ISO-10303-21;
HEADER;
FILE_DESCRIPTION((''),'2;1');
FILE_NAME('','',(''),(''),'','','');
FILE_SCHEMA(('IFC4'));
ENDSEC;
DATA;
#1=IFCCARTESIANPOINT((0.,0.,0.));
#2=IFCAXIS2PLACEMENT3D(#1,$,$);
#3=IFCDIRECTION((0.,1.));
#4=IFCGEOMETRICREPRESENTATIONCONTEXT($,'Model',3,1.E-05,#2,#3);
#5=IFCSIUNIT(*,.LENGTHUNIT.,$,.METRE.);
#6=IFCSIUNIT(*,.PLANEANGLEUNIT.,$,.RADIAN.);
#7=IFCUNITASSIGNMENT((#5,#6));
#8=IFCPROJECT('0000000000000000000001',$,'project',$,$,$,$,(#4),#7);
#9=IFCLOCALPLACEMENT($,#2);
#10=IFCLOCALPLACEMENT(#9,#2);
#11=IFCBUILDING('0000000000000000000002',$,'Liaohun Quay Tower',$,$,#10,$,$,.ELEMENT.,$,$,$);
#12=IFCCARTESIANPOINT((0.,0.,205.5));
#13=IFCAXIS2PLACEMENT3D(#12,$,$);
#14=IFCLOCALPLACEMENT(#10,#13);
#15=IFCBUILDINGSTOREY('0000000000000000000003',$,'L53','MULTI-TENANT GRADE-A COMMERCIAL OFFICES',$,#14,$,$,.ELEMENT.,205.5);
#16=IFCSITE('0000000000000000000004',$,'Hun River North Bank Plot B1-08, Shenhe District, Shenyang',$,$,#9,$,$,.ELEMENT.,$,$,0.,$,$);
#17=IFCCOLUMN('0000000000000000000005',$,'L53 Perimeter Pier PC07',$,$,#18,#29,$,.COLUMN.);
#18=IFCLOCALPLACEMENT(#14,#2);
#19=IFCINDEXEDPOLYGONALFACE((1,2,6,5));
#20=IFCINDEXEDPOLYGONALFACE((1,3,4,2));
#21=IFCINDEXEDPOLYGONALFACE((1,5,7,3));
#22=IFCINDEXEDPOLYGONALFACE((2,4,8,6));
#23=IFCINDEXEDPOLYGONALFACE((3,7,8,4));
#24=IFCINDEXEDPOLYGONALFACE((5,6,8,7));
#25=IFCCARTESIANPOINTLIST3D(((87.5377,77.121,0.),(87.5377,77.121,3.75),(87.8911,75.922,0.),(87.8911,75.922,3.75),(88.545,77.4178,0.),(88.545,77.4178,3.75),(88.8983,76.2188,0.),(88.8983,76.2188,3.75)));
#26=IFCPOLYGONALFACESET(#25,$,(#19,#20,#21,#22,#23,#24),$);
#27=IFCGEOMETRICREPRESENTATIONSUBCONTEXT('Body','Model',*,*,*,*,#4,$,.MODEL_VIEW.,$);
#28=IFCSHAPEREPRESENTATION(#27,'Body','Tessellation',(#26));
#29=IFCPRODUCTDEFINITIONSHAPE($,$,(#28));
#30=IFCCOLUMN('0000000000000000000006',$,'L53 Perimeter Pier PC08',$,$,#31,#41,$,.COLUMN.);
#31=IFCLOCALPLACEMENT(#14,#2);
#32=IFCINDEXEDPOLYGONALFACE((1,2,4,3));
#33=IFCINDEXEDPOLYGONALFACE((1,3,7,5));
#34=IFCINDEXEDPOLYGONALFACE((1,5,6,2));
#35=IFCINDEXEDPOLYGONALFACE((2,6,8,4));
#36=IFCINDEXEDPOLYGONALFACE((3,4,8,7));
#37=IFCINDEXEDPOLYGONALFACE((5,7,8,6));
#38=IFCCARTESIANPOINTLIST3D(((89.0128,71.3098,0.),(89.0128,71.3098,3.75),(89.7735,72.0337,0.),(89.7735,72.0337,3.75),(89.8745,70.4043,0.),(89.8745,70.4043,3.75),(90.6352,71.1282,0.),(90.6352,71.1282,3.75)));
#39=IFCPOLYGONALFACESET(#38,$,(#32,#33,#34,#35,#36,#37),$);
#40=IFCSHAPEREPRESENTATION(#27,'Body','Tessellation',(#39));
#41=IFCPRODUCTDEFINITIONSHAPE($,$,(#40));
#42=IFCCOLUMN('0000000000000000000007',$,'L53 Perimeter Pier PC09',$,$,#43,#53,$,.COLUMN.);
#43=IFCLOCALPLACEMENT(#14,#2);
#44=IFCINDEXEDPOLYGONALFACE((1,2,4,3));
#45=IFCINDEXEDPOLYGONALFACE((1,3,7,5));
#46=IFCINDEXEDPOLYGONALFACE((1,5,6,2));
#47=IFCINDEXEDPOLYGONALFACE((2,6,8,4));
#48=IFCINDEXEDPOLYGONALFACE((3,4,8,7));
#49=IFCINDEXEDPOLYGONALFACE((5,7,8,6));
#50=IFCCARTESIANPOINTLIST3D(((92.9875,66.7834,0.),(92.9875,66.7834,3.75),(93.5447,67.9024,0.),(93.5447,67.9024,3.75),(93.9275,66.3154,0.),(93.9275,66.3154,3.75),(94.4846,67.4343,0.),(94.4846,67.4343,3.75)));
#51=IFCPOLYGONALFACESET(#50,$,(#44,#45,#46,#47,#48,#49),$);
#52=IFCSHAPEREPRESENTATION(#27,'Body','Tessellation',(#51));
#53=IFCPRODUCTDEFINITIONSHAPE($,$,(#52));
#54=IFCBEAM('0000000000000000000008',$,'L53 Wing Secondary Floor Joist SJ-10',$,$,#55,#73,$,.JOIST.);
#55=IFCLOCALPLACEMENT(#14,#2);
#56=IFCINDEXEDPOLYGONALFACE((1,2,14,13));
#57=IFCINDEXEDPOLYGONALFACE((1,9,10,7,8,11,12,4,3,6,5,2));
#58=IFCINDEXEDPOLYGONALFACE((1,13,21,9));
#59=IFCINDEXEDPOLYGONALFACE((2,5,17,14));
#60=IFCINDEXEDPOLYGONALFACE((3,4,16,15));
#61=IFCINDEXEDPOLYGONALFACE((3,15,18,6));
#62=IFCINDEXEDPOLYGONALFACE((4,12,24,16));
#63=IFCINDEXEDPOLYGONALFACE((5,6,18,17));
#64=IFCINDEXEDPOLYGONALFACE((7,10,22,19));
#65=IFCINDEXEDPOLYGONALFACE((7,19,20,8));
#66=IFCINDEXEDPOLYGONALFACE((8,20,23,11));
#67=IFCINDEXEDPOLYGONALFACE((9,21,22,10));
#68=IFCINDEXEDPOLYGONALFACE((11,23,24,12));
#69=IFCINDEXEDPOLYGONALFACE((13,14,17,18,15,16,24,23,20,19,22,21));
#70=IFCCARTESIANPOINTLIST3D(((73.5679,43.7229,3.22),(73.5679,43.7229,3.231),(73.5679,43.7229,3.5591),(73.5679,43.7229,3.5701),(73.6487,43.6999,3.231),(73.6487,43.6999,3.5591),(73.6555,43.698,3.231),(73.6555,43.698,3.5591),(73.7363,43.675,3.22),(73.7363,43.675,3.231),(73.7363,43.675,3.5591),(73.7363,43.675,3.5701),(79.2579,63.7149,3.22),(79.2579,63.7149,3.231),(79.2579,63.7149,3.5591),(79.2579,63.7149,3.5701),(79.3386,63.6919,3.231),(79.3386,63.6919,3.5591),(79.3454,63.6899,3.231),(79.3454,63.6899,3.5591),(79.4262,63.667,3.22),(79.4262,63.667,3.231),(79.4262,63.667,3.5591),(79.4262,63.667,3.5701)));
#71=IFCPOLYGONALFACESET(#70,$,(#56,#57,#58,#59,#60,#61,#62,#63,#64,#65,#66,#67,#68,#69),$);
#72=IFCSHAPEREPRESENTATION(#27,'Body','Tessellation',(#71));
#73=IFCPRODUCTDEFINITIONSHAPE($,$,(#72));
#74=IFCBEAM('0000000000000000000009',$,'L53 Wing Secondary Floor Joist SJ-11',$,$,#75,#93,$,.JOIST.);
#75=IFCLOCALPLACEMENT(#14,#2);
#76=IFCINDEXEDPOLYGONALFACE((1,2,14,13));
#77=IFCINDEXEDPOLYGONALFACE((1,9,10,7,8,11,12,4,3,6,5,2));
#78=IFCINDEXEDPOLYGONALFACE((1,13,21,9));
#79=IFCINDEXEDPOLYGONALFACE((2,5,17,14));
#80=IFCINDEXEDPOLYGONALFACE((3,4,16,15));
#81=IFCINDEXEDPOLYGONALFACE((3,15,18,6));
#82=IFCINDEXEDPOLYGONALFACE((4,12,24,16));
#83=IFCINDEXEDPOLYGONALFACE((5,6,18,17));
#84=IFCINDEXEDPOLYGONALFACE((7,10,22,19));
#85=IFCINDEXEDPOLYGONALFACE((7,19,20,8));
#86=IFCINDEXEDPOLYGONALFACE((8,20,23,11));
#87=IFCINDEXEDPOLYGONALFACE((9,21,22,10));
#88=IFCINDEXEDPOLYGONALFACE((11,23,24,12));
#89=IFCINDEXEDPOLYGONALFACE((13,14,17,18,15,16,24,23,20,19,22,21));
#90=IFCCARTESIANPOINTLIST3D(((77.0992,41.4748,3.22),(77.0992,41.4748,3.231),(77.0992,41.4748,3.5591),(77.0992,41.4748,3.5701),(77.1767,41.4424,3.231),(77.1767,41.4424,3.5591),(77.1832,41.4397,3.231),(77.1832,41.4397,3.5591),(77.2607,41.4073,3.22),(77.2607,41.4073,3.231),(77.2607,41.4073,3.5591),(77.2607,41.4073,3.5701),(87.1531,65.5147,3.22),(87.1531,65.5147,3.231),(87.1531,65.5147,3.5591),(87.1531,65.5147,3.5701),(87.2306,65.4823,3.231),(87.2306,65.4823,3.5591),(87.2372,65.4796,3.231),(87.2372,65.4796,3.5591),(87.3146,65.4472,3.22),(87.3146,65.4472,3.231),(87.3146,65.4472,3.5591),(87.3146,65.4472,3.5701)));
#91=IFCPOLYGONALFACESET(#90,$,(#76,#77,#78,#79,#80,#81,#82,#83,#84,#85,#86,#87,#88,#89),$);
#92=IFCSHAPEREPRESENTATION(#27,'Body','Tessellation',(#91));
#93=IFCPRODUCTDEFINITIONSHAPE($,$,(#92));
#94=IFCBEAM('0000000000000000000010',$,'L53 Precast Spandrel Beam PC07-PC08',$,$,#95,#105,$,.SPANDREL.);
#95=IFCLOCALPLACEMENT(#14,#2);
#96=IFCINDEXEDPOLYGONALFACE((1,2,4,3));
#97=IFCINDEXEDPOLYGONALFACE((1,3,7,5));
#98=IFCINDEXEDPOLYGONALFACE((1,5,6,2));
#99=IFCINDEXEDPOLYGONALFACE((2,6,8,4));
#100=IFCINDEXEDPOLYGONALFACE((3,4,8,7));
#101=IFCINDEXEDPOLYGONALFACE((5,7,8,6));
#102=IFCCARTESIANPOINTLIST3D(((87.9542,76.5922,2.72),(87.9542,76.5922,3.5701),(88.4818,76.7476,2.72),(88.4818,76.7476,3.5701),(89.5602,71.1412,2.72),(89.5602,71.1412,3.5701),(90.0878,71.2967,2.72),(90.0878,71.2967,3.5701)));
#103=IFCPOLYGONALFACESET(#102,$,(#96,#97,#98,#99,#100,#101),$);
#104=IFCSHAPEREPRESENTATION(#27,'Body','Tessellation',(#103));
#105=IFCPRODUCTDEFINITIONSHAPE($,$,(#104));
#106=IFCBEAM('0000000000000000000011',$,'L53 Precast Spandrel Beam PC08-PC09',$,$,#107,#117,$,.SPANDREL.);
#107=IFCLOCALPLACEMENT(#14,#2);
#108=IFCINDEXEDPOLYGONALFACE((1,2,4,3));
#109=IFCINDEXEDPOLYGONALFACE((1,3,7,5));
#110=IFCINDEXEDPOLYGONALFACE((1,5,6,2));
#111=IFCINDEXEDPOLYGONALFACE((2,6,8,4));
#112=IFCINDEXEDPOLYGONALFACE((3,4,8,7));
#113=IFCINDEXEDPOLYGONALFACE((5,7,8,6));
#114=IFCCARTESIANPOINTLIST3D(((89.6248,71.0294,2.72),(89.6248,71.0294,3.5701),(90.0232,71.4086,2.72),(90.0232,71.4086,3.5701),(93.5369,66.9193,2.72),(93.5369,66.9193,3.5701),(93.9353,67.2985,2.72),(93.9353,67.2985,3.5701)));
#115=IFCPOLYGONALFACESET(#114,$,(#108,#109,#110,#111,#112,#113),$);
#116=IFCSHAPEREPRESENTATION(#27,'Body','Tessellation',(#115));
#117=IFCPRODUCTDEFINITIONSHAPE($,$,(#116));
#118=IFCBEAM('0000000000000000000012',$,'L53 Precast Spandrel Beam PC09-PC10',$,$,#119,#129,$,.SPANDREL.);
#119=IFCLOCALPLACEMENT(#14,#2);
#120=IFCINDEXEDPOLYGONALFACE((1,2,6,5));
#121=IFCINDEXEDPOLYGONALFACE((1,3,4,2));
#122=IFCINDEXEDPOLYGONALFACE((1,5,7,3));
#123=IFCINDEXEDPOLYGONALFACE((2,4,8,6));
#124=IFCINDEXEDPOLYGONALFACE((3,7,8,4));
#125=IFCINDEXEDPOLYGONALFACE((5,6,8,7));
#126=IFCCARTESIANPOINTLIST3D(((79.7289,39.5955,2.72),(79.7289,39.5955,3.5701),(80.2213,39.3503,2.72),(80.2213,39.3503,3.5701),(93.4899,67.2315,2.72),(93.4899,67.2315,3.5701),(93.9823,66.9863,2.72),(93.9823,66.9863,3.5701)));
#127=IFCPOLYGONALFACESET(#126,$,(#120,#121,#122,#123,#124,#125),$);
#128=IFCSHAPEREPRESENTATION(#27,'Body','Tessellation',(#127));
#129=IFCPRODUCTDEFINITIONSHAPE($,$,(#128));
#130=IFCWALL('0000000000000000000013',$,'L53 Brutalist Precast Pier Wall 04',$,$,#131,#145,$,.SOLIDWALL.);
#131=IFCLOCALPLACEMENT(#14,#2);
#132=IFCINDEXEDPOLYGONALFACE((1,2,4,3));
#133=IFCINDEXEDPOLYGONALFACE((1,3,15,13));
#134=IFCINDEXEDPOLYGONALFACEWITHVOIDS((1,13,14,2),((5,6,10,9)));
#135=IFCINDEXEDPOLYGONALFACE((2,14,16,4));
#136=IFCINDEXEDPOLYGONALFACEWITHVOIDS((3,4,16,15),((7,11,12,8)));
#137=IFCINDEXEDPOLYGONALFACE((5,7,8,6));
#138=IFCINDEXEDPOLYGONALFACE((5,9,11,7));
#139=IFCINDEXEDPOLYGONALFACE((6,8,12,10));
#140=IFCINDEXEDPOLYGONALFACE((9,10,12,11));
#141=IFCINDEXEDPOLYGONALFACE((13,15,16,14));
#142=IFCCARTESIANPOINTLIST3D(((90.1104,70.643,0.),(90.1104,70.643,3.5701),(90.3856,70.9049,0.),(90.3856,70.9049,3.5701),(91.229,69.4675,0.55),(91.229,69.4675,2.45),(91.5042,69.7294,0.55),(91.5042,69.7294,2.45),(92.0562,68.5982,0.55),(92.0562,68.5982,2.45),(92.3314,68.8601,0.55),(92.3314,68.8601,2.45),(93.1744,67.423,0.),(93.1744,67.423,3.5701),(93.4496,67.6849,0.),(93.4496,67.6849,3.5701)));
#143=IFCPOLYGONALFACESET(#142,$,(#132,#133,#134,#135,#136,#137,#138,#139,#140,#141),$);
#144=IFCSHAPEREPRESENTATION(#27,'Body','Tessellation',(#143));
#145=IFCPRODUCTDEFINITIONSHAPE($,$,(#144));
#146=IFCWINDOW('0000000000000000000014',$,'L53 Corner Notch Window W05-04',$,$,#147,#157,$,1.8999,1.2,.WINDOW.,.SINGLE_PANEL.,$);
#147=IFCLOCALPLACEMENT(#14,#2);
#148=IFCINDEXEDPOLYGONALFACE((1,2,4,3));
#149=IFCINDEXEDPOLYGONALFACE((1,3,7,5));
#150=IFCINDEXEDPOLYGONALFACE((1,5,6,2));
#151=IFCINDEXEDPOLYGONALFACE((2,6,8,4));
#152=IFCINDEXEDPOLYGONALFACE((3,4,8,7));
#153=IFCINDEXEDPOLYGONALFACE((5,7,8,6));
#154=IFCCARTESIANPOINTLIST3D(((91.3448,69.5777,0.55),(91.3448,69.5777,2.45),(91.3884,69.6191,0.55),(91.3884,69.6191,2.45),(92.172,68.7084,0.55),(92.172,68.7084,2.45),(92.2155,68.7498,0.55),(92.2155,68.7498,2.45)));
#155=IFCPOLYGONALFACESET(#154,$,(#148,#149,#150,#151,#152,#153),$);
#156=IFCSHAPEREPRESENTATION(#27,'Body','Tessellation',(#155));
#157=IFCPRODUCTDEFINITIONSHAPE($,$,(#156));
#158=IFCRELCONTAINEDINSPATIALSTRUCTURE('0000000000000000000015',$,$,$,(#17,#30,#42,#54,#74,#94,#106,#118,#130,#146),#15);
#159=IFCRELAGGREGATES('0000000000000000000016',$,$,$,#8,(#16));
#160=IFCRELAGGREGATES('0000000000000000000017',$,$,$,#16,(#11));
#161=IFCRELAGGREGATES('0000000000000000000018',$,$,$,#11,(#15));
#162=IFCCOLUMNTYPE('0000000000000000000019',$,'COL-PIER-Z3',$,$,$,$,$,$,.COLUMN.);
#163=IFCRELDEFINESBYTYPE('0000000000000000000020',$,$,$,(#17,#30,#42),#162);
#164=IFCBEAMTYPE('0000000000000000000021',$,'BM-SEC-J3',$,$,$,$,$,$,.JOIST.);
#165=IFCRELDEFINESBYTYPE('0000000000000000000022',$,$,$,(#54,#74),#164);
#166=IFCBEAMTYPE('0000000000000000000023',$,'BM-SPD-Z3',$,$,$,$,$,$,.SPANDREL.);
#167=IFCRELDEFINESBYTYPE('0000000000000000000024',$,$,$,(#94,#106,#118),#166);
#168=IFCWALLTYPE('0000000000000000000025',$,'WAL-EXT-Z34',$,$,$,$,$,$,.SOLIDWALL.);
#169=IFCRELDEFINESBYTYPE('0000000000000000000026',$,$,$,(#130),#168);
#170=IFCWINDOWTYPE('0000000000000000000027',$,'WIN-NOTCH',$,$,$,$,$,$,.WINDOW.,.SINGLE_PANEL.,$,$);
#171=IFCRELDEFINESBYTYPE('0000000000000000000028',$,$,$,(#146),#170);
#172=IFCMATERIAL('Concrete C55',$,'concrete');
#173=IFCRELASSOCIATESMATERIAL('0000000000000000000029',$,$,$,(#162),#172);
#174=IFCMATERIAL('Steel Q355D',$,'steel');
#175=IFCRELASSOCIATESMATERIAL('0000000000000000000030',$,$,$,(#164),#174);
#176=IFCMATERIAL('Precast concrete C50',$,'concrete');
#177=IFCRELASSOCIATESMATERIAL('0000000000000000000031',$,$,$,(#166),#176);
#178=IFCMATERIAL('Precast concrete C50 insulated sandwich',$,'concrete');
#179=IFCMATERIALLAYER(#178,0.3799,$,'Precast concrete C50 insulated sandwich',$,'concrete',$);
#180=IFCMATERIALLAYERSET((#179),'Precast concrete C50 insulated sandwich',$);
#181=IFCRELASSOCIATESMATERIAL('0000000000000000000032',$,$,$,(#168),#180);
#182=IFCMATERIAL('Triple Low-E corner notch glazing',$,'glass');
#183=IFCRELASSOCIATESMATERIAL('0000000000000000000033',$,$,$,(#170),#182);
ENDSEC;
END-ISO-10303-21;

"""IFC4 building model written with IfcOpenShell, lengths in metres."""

from ifc_helpers import new_model, si_unit, direction, frame, frame_2d, origin, origin_2d, place, context, subcontext, project, spatial, rectangle, i_section, extrude, source, transform, mapped, material, layer, layer_set, material_profile, profile_set, type_object, element, fill, save


model = new_model("IFC4")

# Units and contexts
model_context = context("Model", 3, precision=1e-05, world=origin(), true_north=direction((0.0, 1.0)))
body_context = subcontext(model_context, "Body", "Model", "MODEL_VIEW")
ifc_project = project(units=[si_unit("LENGTHUNIT", "METRE"), si_unit("PLANEANGLEUNIT", "RADIAN")], contexts=[model_context])

# Site, building, storey
site_placement = place(None, origin())
site = spatial("IfcSite", under=ifc_project, at=site_placement, Name="Hun River North Bank Plot B1-08, Shenhe District, Shenyang", CompositionType="ELEMENT", RefElevation=0.0)
building_placement = place(site_placement, origin())
building = spatial("IfcBuilding", under=site, at=building_placement, Name="Liaohun Quay Tower", CompositionType="ELEMENT")
storey_placement = place(building_placement, frame((0.0, 0.0, 205.5)))
storey = spatial("IfcBuildingStorey", under=building, at=storey_placement, Name="L53", Description="MULTI-TENANT GRADE-A COMMERCIAL OFFICES", CompositionType="ELEMENT", Elevation=205.5)

# Columns
ifc_material_1 = material(Name="Concrete C55", Category="concrete")
ifc_material_profile_1 = material_profile(ifc_material_1, rectangle(XDim=1.25, YDim=1.05, at=origin_2d()), Name="RC1250x1050")
ifc_profile_set_1 = profile_set([ifc_material_profile_1], Name="Concrete C55")
column_type = type_object("IfcColumnType", Name="COL-PIER-Z3", PredefinedType="COLUMN", material=ifc_profile_set_1)
shared_shape_1 = source(origin(), body_context, "Body", "SweptSolid", [
    extrude(rectangle(XDim=1.25, YDim=1.05, at=origin_2d()), origin(), (0.0, 0.0, 1.0), 3.75),
])
for number, where, z_axis, x_axis, name in (
    (1, (88.218, 76.6699, 0.0), (0.0, 0.0, 1.0), (-0.282676, 0.959215, 0.0), "L53 Perimeter Pier PC07"),
    (2, (89.824, 71.219, 0.0), (0.0, 0.0, 1.0), (-0.689367, 0.724413, 0.0), "L53 Perimeter Pier PC08"),
    (3, (93.7361, 67.1089, 0.0), (0.0, 0.0, 1.0), (0.445729, 0.895168, 0.0), "L53 Perimeter Pier PC09"),
):
    element("IfcColumn", number, at=place(storey_placement, frame(where, z_axis=z_axis, x_axis=x_axis)), inside=storey, type_object=column_type, Name=name, PredefinedType="COLUMN", context=body_context, shape_type="MappedRepresentation", body=[
        mapped(shared_shape_1, transform((0.0, 0.0, 0.0), x_axis=(1.0, 0.0, 0.0), y_axis=(0.0, 1.0, 0.0), z_axis=(0.0, 0.0, 1.0), scale=1.0)),
    ])

# Beams
ifc_material_2 = material(Name="Steel Q355D", Category="steel")
ifc_material_profile_2 = material_profile(ifc_material_2, i_section(OverallWidth=0.175, OverallDepth=0.3501, WebThickness=0.0071, FlangeThickness=0.011, at=origin_2d()), Name="HN350x175x7x11")
ifc_profile_set_2 = profile_set([ifc_material_profile_2], Name="Steel Q355D")
beam_type_1 = type_object("IfcBeamType", Name="BM-SEC-J3", PredefinedType="JOIST", material=ifc_profile_set_2)
shared_shape_2 = source(origin(), body_context, "Body", "SweptSolid", [
    extrude(i_section(OverallWidth=0.175, OverallDepth=0.3501, WebThickness=0.0071, FlangeThickness=0.011, at=origin_2d()), origin(), (0.0, 0.0, 1.0), 20.7859),
])
beam_1_placement = place(storey_placement, frame((79.342, 63.6909, 3.395), z_axis=(-0.273741, -0.961804, 0.0), x_axis=(0.961804, -0.273741, 0.0)))
element("IfcBeam", 4, at=beam_1_placement, inside=storey, type_object=beam_type_1, Name="L53 Wing Secondary Floor Joist SJ-10", PredefinedType="JOIST", context=body_context, shape_type="MappedRepresentation", body=[
    mapped(shared_shape_2, transform((0.0, 0.0, 0.0), x_axis=(1.0, 0.0, 0.0), y_axis=(0.0, 1.0, 0.0), z_axis=(0.0, 0.0, 1.0), scale=1.0)),
])
shared_shape_3 = source(origin(), body_context, "Body", "SweptSolid", [
    extrude(i_section(OverallWidth=0.175, OverallDepth=0.3501, WebThickness=0.0071, FlangeThickness=0.011, at=origin_2d()), origin(), (0.0, 0.0, 1.0), 26.0576),
])
beam_2_placement = place(storey_placement, frame((87.2339, 65.481, 3.395), z_axis=(-0.385834, -0.922568, 0.0), x_axis=(0.922568, -0.385834, 0.0)))
element("IfcBeam", 5, at=beam_2_placement, inside=storey, type_object=beam_type_1, Name="L53 Wing Secondary Floor Joist SJ-11", PredefinedType="JOIST", context=body_context, shape_type="MappedRepresentation", body=[
    mapped(shared_shape_3, transform((0.0, 0.0, 0.0), x_axis=(1.0, 0.0, 0.0), y_axis=(0.0, 1.0, 0.0), z_axis=(0.0, 0.0, 1.0), scale=1.0)),
])
ifc_material_3 = material(Name="Precast concrete C50", Category="concrete")
ifc_material_profile_3 = material_profile(ifc_material_3, rectangle(XDim=0.55, YDim=0.8501, at=origin_2d()), Name="RC550x850")
ifc_profile_set_3 = profile_set([ifc_material_profile_3], Name="Precast concrete C50")
beam_type_2 = type_object("IfcBeamType", Name="BM-SPD-Z3", PredefinedType="SPANDREL", material=ifc_profile_set_3)
shared_shape_4 = source(origin(), body_context, "Body", "SweptSolid", [
    extrude(rectangle(XDim=0.55, YDim=0.8501, at=origin_2d()), origin(), (0.0, 0.0, 1.0), 5.6826),
])
beam_3_placement = place(storey_placement, frame((88.218, 76.6699, 3.145), z_axis=(0.282611, -0.959235, 0.0), x_axis=(0.959235, 0.282611, 0.0)))
element("IfcBeam", 6, at=beam_3_placement, inside=storey, type_object=beam_type_2, Name="L53 Precast Spandrel Beam PC07-PC08", PredefinedType="SPANDREL", context=body_context, shape_type="MappedRepresentation", body=[
    mapped(shared_shape_4, transform((0.0, 0.0, 0.0), x_axis=(1.0, 0.0, 0.0), y_axis=(0.0, 1.0, 0.0), z_axis=(0.0, 0.0, 1.0), scale=1.0)),
])
shared_shape_5 = source(origin(), body_context, "Body", "SweptSolid", [
    extrude(rectangle(XDim=0.55, YDim=0.8501, at=origin_2d()), origin(), (0.0, 0.0, 1.0), 5.6743),
])
beam_4_placement = place(storey_placement, frame((89.824, 71.219, 3.145), z_axis=(0.689445, -0.724338, 0.0), x_axis=(0.724338, 0.689445, 0.0)))
element("IfcBeam", 7, at=beam_4_placement, inside=storey, type_object=beam_type_2, Name="L53 Precast Spandrel Beam PC08-PC09", PredefinedType="SPANDREL", context=body_context, shape_type="MappedRepresentation", body=[
    mapped(shared_shape_5, transform((0.0, 0.0, 0.0), x_axis=(1.0, 0.0, 0.0), y_axis=(0.0, 1.0, 0.0), z_axis=(0.0, 0.0, 1.0), scale=1.0)),
])
shared_shape_6 = source(origin(), body_context, "Body", "SweptSolid", [
    extrude(rectangle(XDim=0.55, YDim=0.8501, at=origin_2d()), origin(), (0.0, 0.0, 1.0), 30.8726),
])
beam_5_placement = place(storey_placement, frame((93.7361, 67.1089, 3.145), z_axis=(-0.445736, -0.895165, 0.0), x_axis=(0.895165, -0.445736, 0.0)))
element("IfcBeam", 8, at=beam_5_placement, inside=storey, type_object=beam_type_2, Name="L53 Precast Spandrel Beam PC09-PC10", PredefinedType="SPANDREL", context=body_context, shape_type="MappedRepresentation", body=[
    mapped(shared_shape_6, transform((0.0, 0.0, 0.0), x_axis=(1.0, 0.0, 0.0), y_axis=(0.0, 1.0, 0.0), z_axis=(0.0, 0.0, 1.0), scale=1.0)),
])

# Wall, opening, window
ifc_material_4 = material(Name="Precast concrete C50 insulated sandwich", Category="concrete")
ifc_layer_1 = layer(ifc_material_4, 0.3799, Name="Precast concrete C50 insulated sandwich", Category="concrete")
ifc_layer_set_1 = layer_set([ifc_layer_1], Name="Precast concrete C50 insulated sandwich")
wall_type_1 = type_object("IfcWallType", Name="WAL-EXT-Z34", PredefinedType="SOLIDWALL", material=ifc_layer_set_1)
wall_1_placement = place(storey_placement, frame((93.312, 67.554, 0.0), z_axis=(0.0, 0.0, 1.0), x_axis=(-0.68934, 0.724438, 0.0)))
wall_1 = element("IfcWall", 9, at=wall_1_placement, inside=storey, type_object=wall_type_1, Name="L53 Brutalist Precast Pier Wall 04", PredefinedType="SOLIDWALL", context=body_context, shape_type="SweptSolid", body=[
    extrude(rectangle(XDim=4.4448, YDim=0.3799, at=frame_2d((2.2224, 0.0))), origin(), (0.0, 0.0, 1.0), 3.5701),
])
shared_shape_7 = source(origin(), body_context, "Body", "SweptSolid", [
    extrude(rectangle(XDim=1.2, YDim=1.8999, at=frame_2d((0.6001, 0.95))), frame((0.0, 0.2, 0.0), z_axis=(0.0, -1.0, 0.0), x_axis=(1.0, 0.0, 0.0)), (0.0, 0.0, 1.0), 0.3999),
])
opening_1_placement = place(wall_1_placement, frame((1.6221, 0.0, 0.55)))
opening_1 = element("IfcOpeningElement", 10, at=opening_1_placement, cuts=wall_1, PredefinedType="OPENING", context=body_context, shape_type="MappedRepresentation", body=[
    mapped(shared_shape_7, transform((0.0, 0.0, 0.0), x_axis=(1.0, 0.0, 0.0), y_axis=(0.0, 1.0, 0.0), z_axis=(0.0, 0.0, 1.0), scale=1.0)),
])
ifc_material_5 = material(Name="Triple Low-E corner notch glazing", Category="glass")
window_type_1 = type_object("IfcWindowType", Name="WIN-NOTCH", PartitioningType="SINGLE_PANEL", PredefinedType="WINDOW", material=ifc_material_5)
shared_shape_8 = source(origin(), body_context, "Body", "SweptSolid", [
    extrude(rectangle(XDim=1.2, YDim=1.8999, at=frame_2d((0.6001, 0.95))), frame((0.0, 0.03, 0.0), z_axis=(0.0, -1.0, 0.0), x_axis=(1.0, 0.0, 0.0)), (0.0, 0.0, 1.0), 0.0601),
])
window_1_placement = place(opening_1_placement, origin())
window_1 = element("IfcWindow", 11, at=window_1_placement, inside=storey, type_object=window_type_1, Name="L53 Corner Notch Window W05-04", OverallHeight=1.8999, OverallWidth=1.2, PartitioningType="SINGLE_PANEL", PredefinedType="WINDOW", context=body_context, shape_type="MappedRepresentation", body=[
    mapped(shared_shape_8, transform((0.0, 0.0, 0.0), x_axis=(1.0, 0.0, 0.0), y_axis=(0.0, 1.0, 0.0), z_axis=(0.0, 0.0, 1.0), scale=1.0)),
])
fill(opening_1, window_1)

save(model, "model.ifc")
